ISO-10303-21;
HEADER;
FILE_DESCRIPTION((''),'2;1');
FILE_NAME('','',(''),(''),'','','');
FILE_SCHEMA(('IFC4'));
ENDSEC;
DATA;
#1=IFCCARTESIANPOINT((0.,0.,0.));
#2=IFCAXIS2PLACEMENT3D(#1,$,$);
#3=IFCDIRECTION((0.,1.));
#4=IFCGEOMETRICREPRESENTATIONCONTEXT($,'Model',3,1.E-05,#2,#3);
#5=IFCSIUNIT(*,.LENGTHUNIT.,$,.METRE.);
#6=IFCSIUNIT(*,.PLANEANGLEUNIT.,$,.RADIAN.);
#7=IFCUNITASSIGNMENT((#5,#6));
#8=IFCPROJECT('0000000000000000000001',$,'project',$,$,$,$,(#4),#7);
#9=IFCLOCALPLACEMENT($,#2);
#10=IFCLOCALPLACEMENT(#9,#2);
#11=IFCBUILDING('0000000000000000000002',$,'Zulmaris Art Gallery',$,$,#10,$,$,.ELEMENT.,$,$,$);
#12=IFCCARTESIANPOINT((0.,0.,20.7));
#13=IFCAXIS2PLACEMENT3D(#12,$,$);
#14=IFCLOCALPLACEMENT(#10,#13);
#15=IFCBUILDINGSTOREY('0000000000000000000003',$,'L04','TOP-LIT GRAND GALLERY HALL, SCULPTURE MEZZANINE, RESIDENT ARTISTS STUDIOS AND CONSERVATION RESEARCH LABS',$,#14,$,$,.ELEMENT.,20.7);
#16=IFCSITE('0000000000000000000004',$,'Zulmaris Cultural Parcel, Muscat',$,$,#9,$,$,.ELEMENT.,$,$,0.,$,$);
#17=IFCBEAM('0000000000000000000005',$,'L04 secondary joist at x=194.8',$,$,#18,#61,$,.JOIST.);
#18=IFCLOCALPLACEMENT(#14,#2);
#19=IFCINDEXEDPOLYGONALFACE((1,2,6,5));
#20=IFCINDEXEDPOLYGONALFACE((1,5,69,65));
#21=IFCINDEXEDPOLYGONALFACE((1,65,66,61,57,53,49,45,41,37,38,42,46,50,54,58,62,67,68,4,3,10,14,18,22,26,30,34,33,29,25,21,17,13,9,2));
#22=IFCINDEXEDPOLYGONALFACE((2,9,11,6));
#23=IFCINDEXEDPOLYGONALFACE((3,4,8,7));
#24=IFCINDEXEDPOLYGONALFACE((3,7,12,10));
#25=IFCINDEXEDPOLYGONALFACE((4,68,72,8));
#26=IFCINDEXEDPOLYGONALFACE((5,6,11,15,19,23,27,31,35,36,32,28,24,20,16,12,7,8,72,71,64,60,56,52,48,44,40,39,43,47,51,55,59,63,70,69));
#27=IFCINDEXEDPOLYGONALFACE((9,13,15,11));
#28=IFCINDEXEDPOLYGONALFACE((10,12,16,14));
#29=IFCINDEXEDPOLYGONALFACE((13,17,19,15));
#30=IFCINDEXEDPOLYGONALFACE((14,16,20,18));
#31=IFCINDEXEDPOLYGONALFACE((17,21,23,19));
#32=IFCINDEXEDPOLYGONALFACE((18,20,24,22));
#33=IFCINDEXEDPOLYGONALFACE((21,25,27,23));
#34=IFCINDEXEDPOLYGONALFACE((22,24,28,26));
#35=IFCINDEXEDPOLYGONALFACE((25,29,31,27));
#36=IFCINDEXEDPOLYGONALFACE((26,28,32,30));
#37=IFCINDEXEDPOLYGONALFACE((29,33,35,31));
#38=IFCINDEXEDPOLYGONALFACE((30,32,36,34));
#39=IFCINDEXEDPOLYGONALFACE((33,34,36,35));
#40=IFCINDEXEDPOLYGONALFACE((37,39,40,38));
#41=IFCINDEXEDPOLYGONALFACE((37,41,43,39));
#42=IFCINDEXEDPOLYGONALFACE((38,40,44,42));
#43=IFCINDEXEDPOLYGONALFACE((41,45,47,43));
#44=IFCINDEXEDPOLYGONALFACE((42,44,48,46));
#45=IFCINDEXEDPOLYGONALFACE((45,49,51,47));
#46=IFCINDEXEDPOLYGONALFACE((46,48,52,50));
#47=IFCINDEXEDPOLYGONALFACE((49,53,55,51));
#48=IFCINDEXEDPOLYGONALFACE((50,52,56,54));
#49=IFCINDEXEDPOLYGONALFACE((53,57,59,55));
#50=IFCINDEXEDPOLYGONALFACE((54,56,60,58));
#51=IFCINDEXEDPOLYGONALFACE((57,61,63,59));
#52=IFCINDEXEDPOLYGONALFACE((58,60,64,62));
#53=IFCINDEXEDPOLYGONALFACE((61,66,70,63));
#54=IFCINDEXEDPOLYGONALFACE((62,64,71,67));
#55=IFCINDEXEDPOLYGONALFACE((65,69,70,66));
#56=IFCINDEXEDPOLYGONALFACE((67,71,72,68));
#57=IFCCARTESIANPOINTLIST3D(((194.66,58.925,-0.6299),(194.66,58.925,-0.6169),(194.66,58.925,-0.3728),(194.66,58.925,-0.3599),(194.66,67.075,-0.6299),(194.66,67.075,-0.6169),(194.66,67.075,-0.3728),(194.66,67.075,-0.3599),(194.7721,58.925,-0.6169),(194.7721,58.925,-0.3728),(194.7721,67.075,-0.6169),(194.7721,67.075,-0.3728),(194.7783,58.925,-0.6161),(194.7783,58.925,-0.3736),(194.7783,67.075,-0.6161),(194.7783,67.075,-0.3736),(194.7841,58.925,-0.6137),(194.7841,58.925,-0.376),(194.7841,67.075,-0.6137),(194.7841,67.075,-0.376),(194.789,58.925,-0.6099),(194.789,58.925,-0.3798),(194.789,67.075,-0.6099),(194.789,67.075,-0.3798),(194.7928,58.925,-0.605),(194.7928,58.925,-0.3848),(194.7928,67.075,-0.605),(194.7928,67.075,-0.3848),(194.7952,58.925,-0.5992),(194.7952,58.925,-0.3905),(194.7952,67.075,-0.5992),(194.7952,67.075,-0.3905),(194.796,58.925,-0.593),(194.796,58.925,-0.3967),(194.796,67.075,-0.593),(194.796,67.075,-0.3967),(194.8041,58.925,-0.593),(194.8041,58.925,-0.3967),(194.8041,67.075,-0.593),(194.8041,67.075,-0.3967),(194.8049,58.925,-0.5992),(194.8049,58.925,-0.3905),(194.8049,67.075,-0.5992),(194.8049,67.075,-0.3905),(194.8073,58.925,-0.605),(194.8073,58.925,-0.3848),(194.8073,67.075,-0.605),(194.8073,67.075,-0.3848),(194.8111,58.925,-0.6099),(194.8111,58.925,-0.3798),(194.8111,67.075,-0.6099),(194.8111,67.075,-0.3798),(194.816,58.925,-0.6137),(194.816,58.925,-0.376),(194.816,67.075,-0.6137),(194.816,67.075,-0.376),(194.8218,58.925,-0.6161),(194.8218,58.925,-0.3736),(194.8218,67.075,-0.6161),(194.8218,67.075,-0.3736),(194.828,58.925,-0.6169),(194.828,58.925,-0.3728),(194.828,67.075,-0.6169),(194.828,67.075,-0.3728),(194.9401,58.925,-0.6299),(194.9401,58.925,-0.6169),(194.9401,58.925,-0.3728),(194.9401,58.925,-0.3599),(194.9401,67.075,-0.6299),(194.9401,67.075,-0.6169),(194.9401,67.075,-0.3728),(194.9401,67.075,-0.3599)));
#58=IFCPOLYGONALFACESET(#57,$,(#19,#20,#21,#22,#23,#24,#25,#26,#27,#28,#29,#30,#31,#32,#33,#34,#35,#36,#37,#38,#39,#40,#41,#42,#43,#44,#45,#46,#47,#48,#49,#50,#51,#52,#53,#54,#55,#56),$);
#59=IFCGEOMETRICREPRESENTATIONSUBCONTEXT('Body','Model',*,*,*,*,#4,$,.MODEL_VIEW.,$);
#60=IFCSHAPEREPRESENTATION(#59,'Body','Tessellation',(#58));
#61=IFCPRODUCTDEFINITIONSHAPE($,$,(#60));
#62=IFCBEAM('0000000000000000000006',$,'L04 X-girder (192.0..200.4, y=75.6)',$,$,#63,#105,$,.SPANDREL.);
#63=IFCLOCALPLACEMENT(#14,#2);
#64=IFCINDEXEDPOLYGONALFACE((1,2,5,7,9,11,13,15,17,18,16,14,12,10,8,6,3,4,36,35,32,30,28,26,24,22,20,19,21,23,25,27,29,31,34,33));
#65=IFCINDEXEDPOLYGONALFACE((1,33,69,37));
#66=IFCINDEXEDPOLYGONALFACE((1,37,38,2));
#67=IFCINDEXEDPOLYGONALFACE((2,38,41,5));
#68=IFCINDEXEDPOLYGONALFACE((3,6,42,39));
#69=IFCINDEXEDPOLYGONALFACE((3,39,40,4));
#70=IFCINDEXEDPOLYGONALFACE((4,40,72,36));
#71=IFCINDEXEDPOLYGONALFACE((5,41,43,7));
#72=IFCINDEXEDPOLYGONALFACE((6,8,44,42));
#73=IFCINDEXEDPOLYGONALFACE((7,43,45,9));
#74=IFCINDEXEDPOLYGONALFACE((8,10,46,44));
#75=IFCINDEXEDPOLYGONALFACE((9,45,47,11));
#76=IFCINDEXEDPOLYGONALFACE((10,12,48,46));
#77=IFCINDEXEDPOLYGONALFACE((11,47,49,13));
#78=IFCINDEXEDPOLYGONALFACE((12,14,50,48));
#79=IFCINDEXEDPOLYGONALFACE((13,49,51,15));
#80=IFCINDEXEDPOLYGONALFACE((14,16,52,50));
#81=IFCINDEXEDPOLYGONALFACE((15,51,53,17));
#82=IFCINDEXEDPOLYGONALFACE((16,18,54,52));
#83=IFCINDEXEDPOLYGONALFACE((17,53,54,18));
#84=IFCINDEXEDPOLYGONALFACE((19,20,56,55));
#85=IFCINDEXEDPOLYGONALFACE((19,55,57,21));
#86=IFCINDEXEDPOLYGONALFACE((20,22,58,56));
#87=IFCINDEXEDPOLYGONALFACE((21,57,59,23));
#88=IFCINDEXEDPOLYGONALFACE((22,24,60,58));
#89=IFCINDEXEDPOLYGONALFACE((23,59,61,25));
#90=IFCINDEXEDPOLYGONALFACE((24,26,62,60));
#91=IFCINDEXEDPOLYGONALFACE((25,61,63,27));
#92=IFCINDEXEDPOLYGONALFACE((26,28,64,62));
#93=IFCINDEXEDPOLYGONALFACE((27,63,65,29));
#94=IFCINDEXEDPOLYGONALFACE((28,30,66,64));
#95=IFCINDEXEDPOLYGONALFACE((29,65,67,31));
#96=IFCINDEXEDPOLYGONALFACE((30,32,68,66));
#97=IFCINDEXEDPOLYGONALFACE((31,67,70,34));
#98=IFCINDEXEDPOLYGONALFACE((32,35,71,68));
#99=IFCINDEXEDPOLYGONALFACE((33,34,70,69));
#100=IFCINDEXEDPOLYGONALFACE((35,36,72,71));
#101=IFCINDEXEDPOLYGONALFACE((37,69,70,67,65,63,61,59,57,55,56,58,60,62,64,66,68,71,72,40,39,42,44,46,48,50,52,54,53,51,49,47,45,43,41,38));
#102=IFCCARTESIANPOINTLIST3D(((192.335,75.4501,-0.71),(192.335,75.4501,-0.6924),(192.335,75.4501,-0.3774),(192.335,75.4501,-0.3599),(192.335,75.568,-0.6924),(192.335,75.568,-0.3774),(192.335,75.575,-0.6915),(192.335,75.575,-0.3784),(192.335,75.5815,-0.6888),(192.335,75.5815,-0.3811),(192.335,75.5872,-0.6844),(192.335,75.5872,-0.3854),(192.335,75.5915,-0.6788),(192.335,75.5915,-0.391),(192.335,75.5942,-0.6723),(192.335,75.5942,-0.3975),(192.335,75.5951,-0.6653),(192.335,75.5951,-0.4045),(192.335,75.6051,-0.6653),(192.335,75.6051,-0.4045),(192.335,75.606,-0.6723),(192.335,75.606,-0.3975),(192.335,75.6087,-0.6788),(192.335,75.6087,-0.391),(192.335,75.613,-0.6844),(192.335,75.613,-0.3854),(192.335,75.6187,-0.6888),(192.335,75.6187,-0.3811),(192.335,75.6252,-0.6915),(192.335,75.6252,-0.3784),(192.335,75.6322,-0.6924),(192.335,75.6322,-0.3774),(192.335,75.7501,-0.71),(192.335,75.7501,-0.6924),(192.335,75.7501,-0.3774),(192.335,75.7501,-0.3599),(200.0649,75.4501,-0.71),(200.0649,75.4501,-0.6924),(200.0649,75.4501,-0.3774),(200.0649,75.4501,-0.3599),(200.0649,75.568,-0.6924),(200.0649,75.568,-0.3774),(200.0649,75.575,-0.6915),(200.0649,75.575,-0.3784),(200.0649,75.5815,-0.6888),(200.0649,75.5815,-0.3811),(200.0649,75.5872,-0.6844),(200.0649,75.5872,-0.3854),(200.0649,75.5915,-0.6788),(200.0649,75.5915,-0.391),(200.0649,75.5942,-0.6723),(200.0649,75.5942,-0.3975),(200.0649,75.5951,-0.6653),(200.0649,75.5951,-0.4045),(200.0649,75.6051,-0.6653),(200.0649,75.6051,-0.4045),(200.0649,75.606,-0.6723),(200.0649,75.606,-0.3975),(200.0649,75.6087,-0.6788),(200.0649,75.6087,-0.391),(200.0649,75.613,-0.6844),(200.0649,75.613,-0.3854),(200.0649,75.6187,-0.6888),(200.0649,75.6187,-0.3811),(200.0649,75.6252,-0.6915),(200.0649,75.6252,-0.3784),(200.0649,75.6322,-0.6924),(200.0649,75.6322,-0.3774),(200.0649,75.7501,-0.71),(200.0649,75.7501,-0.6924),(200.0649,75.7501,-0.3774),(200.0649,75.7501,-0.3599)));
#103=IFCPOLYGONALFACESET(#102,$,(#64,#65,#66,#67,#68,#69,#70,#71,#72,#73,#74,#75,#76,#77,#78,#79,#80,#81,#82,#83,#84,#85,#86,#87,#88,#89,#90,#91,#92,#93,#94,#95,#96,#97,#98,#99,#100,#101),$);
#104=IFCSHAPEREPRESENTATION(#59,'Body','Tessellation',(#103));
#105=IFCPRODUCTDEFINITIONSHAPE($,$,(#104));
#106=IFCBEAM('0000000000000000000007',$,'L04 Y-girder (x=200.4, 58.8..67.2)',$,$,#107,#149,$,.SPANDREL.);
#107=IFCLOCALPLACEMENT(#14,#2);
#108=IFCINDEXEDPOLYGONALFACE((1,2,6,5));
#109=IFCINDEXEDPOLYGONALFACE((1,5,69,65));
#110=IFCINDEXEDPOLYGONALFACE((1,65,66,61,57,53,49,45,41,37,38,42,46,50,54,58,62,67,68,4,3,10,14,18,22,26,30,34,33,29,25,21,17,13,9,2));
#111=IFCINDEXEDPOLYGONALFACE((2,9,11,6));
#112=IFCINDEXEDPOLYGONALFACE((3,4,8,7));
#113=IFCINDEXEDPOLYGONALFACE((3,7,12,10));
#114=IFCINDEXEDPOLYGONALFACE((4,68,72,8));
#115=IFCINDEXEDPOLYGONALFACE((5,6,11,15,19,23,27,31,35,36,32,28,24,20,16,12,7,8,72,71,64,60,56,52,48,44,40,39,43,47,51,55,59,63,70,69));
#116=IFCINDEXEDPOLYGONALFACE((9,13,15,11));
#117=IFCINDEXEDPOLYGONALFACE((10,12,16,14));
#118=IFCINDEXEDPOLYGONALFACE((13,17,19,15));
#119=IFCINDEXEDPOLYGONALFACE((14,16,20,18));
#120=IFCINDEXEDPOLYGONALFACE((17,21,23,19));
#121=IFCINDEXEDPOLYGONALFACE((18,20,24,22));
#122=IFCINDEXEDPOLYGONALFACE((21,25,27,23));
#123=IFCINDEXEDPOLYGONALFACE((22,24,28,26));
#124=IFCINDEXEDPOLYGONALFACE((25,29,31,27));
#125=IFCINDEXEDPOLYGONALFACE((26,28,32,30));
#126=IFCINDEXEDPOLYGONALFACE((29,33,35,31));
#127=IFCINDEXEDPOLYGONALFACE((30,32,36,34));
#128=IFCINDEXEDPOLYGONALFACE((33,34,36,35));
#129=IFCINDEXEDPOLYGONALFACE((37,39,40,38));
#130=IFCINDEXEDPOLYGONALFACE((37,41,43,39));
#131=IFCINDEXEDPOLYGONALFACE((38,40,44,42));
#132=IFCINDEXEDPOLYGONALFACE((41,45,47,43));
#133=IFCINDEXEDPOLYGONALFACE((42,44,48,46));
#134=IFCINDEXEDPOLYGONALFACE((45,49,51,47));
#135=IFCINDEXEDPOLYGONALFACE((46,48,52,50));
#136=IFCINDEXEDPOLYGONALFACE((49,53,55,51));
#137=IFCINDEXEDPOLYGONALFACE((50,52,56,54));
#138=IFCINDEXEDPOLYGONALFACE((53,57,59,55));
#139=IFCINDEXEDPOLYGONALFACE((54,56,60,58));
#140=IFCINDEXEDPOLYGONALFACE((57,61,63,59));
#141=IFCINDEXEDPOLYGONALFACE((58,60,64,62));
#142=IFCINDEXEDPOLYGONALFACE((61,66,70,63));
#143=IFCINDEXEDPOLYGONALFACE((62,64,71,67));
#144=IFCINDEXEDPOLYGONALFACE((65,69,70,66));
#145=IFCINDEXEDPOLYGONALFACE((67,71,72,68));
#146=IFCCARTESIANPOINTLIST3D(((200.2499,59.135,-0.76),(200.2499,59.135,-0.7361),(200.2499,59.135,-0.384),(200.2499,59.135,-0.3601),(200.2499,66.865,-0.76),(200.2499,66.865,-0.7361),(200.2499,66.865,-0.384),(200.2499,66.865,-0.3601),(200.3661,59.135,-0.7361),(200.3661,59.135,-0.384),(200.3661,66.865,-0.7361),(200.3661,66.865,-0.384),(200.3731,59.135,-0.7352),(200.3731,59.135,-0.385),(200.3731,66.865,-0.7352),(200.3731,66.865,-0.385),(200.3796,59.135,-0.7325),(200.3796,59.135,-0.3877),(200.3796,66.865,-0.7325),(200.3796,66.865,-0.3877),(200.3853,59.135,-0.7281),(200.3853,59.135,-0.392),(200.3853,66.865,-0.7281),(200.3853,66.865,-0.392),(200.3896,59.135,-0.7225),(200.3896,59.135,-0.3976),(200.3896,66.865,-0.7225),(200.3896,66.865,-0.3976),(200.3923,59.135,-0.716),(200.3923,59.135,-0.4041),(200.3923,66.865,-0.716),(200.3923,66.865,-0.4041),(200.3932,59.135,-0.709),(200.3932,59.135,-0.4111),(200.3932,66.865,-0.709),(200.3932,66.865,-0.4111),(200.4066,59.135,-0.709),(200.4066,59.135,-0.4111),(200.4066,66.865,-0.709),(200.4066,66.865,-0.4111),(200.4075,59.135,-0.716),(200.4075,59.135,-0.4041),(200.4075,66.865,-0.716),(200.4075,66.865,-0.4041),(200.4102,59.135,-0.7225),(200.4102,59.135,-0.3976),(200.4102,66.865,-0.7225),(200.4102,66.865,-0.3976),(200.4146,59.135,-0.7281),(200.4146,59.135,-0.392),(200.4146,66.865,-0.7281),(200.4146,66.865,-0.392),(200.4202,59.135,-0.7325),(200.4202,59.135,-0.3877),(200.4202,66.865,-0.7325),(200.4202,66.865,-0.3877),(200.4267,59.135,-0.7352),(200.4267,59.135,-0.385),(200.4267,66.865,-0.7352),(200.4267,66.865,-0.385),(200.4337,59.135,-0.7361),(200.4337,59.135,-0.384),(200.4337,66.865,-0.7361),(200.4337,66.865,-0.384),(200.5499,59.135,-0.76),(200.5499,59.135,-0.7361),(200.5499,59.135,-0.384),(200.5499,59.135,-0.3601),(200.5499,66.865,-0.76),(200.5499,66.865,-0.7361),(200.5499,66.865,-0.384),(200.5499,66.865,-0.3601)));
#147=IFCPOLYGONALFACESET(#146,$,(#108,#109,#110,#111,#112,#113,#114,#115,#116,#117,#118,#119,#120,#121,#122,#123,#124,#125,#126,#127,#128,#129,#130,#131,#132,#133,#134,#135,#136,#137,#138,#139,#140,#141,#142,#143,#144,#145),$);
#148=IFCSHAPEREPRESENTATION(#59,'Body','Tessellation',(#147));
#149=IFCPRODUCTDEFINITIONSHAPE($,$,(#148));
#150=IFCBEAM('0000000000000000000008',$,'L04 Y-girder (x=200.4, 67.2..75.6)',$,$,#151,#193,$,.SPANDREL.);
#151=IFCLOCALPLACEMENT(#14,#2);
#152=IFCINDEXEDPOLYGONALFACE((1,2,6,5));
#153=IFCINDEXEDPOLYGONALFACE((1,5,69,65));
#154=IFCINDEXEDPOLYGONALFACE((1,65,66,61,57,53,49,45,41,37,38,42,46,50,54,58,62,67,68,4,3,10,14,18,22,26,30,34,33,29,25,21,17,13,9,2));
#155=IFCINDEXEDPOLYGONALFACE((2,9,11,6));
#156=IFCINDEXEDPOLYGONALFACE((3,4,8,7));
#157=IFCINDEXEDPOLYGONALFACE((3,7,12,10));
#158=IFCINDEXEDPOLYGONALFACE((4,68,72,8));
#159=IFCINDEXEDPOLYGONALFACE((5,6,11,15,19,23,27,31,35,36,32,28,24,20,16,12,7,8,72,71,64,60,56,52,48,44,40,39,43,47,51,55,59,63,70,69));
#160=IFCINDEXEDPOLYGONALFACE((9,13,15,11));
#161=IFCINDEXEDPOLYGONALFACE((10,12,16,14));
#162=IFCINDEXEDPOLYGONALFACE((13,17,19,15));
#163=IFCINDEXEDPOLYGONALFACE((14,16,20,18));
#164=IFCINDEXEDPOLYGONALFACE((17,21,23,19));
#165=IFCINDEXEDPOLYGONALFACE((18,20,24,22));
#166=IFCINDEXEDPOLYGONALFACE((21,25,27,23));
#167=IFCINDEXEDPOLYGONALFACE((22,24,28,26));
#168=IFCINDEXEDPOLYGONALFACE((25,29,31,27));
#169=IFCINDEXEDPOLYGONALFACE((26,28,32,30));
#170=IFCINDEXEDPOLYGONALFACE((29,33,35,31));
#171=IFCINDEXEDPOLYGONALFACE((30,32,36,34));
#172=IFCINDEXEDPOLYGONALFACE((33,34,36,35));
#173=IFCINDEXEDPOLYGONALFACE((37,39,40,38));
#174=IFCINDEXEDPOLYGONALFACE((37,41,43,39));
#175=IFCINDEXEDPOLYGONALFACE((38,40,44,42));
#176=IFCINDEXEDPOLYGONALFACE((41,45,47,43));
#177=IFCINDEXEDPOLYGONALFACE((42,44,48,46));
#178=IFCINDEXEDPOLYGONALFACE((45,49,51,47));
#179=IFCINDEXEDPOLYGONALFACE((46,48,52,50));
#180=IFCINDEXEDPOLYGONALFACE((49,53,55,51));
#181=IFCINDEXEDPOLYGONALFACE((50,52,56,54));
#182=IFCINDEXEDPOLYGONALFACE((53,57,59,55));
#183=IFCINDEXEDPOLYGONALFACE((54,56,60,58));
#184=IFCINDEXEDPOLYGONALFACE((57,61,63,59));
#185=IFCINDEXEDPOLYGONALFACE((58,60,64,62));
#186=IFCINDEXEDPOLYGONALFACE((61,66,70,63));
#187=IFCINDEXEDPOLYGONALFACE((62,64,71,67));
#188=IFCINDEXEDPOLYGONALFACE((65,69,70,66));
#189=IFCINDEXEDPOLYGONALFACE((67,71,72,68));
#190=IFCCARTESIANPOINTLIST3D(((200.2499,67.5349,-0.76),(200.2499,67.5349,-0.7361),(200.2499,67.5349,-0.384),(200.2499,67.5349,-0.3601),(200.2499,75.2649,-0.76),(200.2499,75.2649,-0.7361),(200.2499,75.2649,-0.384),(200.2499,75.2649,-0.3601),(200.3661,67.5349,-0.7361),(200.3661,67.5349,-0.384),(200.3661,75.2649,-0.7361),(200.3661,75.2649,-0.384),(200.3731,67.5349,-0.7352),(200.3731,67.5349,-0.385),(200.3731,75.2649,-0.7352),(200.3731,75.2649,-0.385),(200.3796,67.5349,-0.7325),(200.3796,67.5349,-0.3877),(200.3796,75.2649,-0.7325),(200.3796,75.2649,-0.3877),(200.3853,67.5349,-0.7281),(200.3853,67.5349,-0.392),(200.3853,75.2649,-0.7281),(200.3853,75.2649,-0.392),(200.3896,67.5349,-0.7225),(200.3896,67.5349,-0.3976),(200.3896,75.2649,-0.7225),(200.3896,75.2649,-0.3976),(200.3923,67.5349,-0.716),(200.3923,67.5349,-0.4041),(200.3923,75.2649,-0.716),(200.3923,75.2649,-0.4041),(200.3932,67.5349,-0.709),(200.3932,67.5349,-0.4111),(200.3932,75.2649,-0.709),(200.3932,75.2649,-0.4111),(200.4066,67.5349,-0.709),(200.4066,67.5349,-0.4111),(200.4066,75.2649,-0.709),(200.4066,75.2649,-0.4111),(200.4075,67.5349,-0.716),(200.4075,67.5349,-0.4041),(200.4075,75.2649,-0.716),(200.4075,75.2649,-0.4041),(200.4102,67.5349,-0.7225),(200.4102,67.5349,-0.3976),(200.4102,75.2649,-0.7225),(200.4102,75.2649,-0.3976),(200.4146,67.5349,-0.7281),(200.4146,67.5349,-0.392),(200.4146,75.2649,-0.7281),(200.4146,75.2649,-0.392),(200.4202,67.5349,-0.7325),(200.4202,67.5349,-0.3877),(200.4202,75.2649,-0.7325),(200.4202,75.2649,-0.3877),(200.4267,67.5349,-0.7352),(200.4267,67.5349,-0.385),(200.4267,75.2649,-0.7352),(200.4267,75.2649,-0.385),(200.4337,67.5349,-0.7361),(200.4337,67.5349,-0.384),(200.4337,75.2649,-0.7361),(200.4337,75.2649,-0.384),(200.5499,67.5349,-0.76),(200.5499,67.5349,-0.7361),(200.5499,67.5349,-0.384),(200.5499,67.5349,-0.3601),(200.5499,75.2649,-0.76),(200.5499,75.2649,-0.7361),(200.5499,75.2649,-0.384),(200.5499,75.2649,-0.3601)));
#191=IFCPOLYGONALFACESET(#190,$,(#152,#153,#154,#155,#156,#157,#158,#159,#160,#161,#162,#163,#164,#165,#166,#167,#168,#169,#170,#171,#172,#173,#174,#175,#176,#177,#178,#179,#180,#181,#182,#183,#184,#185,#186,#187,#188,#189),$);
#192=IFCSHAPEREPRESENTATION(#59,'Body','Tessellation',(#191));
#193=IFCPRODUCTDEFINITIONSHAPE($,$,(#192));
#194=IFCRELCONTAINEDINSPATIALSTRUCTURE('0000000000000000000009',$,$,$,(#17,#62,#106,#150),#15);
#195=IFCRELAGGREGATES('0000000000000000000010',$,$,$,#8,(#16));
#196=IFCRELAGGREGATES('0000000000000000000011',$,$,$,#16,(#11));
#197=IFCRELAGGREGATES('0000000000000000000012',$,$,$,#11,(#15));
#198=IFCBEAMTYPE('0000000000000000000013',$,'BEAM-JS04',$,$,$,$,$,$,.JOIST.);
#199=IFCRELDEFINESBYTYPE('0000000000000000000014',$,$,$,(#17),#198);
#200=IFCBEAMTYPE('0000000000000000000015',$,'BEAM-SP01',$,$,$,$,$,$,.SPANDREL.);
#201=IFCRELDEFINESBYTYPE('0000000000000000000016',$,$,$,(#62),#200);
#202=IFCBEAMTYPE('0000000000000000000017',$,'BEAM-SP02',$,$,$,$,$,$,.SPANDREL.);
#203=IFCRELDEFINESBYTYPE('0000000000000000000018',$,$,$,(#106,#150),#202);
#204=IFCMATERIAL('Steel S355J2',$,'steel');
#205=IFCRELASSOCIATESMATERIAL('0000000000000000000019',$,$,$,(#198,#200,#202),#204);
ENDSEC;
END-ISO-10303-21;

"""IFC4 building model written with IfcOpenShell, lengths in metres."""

from ifc_helpers import new_model, si_unit, direction, frame, origin, origin_2d, place, context, subcontext, project, spatial, i_section, extrude, material, material_profile, profile_set, type_object, element, save


model = new_model("IFC4")

# Units and contexts
model_context = context("Model", 3, precision=1e-05, world=origin(), true_north=direction((0.0, 1.0)))
body_context = subcontext(model_context, "Body", "Model", "MODEL_VIEW")
ifc_project = project(units=[si_unit("LENGTHUNIT", "METRE"), si_unit("PLANEANGLEUNIT", "RADIAN")], contexts=[model_context])

# Site, building, storey
site_placement = place(None, origin())
site = spatial("IfcSite", under=ifc_project, at=site_placement, Name="Zulmaris Cultural Parcel, Muscat", CompositionType="ELEMENT", RefElevation=0.0)
building_placement = place(site_placement, origin())
building = spatial("IfcBuilding", under=site, at=building_placement, Name="Zulmaris Art Gallery", CompositionType="ELEMENT")
storey_placement = place(building_placement, frame((0.0, 0.0, 20.7)))
storey = spatial("IfcBuildingStorey", under=building, at=storey_placement, Name="L04", Description="TOP-LIT GRAND GALLERY HALL, SCULPTURE MEZZANINE, RESIDENT ARTISTS STUDIOS AND CONSERVATION RESEARCH LABS", CompositionType="ELEMENT", Elevation=20.7)

# Beams
ifc_material_1 = material(Name="Steel S355J2", Category="steel")
ifc_material_profile_1 = material_profile(ifc_material_1, i_section(OverallWidth=0.28, OverallDepth=0.27, WebThickness=0.0081, FlangeThickness=0.0129, FilletRadius=0.0239, at=origin_2d()), Name="HEA 280")
ifc_profile_set_1 = profile_set([ifc_material_profile_1], Name="Steel S355J2")
beam_type_1 = type_object("IfcBeamType", Name="BEAM-JS04", PredefinedType="JOIST", material=ifc_profile_set_1)
beam_1_placement = place(storey_placement, frame((194.8, 58.925, -0.4949), z_axis=(0.0, 1.0, 0.0), x_axis=(-1.0, 0.0, 0.0)))
element("IfcBeam", 1, at=beam_1_placement, inside=storey, type_object=beam_type_1, Name="L04 secondary joist at x=194.8", PredefinedType="JOIST", context=body_context, shape_type="SweptSolid", body=[
    extrude(i_section(OverallWidth=0.28, OverallDepth=0.27, WebThickness=0.0081, FlangeThickness=0.0129, FilletRadius=0.0239, at=origin_2d()), origin(), (0.0, 0.0, 1.0), 8.1499),
])
ifc_material_profile_2 = material_profile(ifc_material_1, i_section(OverallWidth=0.3, OverallDepth=0.3501, WebThickness=0.01, FlangeThickness=0.0176, FilletRadius=0.0271, at=origin_2d()), Name="HEA 360")
ifc_profile_set_2 = profile_set([ifc_material_profile_2], Name="Steel S355J2")
beam_type_2 = type_object("IfcBeamType", Name="BEAM-SP01", PredefinedType="SPANDREL", material=ifc_profile_set_2)
beam_2_placement = place(storey_placement, frame((192.335, 75.6001, -0.5349), z_axis=(1.0, 0.0, 0.0), x_axis=(0.0, 1.0, 0.0)))
element("IfcBeam", 2, at=beam_2_placement, inside=storey, type_object=beam_type_2, Name="L04 X-girder (192.0..200.4, y=75.6)", PredefinedType="SPANDREL", context=body_context, shape_type="SweptSolid", body=[
    extrude(i_section(OverallWidth=0.3, OverallDepth=0.3501, WebThickness=0.01, FlangeThickness=0.0176, FilletRadius=0.0271, at=origin_2d()), origin(), (0.0, 0.0, 1.0), 7.73),
])
ifc_material_profile_3 = material_profile(ifc_material_1, i_section(OverallWidth=0.3, OverallDepth=0.3999, WebThickness=0.0134, FlangeThickness=0.0239, FilletRadius=0.0271, at=origin_2d()), Name="HEB 400")
ifc_profile_set_3 = profile_set([ifc_material_profile_3], Name="Steel S355J2")
beam_type_3 = type_object("IfcBeamType", Name="BEAM-SP02", PredefinedType="SPANDREL", material=ifc_profile_set_3)
for number, where, z_axis, x_axis, name in (
    (3, (200.3999, 59.135, -0.5601), (0.0, 1.0, 0.0), (-1.0, 0.0, 0.0), "L04 Y-girder (x=200.4, 58.8..67.2)"),
    (4, (200.3999, 67.5349, -0.5601), (0.0, 1.0, 0.0), (-1.0, 0.0, 0.0), "L04 Y-girder (x=200.4, 67.2..75.6)"),
):
    element("IfcBeam", number, at=place(storey_placement, frame(where, z_axis=z_axis, x_axis=x_axis)), inside=storey, type_object=beam_type_3, Name=name, PredefinedType="SPANDREL", context=body_context, shape_type="SweptSolid", body=[
        extrude(i_section(OverallWidth=0.3, OverallDepth=0.3999, WebThickness=0.0134, FlangeThickness=0.0239, FilletRadius=0.0271, at=origin_2d()), origin(), (0.0, 0.0, 1.0), 7.73),
    ])

save(model, "model.ifc")
